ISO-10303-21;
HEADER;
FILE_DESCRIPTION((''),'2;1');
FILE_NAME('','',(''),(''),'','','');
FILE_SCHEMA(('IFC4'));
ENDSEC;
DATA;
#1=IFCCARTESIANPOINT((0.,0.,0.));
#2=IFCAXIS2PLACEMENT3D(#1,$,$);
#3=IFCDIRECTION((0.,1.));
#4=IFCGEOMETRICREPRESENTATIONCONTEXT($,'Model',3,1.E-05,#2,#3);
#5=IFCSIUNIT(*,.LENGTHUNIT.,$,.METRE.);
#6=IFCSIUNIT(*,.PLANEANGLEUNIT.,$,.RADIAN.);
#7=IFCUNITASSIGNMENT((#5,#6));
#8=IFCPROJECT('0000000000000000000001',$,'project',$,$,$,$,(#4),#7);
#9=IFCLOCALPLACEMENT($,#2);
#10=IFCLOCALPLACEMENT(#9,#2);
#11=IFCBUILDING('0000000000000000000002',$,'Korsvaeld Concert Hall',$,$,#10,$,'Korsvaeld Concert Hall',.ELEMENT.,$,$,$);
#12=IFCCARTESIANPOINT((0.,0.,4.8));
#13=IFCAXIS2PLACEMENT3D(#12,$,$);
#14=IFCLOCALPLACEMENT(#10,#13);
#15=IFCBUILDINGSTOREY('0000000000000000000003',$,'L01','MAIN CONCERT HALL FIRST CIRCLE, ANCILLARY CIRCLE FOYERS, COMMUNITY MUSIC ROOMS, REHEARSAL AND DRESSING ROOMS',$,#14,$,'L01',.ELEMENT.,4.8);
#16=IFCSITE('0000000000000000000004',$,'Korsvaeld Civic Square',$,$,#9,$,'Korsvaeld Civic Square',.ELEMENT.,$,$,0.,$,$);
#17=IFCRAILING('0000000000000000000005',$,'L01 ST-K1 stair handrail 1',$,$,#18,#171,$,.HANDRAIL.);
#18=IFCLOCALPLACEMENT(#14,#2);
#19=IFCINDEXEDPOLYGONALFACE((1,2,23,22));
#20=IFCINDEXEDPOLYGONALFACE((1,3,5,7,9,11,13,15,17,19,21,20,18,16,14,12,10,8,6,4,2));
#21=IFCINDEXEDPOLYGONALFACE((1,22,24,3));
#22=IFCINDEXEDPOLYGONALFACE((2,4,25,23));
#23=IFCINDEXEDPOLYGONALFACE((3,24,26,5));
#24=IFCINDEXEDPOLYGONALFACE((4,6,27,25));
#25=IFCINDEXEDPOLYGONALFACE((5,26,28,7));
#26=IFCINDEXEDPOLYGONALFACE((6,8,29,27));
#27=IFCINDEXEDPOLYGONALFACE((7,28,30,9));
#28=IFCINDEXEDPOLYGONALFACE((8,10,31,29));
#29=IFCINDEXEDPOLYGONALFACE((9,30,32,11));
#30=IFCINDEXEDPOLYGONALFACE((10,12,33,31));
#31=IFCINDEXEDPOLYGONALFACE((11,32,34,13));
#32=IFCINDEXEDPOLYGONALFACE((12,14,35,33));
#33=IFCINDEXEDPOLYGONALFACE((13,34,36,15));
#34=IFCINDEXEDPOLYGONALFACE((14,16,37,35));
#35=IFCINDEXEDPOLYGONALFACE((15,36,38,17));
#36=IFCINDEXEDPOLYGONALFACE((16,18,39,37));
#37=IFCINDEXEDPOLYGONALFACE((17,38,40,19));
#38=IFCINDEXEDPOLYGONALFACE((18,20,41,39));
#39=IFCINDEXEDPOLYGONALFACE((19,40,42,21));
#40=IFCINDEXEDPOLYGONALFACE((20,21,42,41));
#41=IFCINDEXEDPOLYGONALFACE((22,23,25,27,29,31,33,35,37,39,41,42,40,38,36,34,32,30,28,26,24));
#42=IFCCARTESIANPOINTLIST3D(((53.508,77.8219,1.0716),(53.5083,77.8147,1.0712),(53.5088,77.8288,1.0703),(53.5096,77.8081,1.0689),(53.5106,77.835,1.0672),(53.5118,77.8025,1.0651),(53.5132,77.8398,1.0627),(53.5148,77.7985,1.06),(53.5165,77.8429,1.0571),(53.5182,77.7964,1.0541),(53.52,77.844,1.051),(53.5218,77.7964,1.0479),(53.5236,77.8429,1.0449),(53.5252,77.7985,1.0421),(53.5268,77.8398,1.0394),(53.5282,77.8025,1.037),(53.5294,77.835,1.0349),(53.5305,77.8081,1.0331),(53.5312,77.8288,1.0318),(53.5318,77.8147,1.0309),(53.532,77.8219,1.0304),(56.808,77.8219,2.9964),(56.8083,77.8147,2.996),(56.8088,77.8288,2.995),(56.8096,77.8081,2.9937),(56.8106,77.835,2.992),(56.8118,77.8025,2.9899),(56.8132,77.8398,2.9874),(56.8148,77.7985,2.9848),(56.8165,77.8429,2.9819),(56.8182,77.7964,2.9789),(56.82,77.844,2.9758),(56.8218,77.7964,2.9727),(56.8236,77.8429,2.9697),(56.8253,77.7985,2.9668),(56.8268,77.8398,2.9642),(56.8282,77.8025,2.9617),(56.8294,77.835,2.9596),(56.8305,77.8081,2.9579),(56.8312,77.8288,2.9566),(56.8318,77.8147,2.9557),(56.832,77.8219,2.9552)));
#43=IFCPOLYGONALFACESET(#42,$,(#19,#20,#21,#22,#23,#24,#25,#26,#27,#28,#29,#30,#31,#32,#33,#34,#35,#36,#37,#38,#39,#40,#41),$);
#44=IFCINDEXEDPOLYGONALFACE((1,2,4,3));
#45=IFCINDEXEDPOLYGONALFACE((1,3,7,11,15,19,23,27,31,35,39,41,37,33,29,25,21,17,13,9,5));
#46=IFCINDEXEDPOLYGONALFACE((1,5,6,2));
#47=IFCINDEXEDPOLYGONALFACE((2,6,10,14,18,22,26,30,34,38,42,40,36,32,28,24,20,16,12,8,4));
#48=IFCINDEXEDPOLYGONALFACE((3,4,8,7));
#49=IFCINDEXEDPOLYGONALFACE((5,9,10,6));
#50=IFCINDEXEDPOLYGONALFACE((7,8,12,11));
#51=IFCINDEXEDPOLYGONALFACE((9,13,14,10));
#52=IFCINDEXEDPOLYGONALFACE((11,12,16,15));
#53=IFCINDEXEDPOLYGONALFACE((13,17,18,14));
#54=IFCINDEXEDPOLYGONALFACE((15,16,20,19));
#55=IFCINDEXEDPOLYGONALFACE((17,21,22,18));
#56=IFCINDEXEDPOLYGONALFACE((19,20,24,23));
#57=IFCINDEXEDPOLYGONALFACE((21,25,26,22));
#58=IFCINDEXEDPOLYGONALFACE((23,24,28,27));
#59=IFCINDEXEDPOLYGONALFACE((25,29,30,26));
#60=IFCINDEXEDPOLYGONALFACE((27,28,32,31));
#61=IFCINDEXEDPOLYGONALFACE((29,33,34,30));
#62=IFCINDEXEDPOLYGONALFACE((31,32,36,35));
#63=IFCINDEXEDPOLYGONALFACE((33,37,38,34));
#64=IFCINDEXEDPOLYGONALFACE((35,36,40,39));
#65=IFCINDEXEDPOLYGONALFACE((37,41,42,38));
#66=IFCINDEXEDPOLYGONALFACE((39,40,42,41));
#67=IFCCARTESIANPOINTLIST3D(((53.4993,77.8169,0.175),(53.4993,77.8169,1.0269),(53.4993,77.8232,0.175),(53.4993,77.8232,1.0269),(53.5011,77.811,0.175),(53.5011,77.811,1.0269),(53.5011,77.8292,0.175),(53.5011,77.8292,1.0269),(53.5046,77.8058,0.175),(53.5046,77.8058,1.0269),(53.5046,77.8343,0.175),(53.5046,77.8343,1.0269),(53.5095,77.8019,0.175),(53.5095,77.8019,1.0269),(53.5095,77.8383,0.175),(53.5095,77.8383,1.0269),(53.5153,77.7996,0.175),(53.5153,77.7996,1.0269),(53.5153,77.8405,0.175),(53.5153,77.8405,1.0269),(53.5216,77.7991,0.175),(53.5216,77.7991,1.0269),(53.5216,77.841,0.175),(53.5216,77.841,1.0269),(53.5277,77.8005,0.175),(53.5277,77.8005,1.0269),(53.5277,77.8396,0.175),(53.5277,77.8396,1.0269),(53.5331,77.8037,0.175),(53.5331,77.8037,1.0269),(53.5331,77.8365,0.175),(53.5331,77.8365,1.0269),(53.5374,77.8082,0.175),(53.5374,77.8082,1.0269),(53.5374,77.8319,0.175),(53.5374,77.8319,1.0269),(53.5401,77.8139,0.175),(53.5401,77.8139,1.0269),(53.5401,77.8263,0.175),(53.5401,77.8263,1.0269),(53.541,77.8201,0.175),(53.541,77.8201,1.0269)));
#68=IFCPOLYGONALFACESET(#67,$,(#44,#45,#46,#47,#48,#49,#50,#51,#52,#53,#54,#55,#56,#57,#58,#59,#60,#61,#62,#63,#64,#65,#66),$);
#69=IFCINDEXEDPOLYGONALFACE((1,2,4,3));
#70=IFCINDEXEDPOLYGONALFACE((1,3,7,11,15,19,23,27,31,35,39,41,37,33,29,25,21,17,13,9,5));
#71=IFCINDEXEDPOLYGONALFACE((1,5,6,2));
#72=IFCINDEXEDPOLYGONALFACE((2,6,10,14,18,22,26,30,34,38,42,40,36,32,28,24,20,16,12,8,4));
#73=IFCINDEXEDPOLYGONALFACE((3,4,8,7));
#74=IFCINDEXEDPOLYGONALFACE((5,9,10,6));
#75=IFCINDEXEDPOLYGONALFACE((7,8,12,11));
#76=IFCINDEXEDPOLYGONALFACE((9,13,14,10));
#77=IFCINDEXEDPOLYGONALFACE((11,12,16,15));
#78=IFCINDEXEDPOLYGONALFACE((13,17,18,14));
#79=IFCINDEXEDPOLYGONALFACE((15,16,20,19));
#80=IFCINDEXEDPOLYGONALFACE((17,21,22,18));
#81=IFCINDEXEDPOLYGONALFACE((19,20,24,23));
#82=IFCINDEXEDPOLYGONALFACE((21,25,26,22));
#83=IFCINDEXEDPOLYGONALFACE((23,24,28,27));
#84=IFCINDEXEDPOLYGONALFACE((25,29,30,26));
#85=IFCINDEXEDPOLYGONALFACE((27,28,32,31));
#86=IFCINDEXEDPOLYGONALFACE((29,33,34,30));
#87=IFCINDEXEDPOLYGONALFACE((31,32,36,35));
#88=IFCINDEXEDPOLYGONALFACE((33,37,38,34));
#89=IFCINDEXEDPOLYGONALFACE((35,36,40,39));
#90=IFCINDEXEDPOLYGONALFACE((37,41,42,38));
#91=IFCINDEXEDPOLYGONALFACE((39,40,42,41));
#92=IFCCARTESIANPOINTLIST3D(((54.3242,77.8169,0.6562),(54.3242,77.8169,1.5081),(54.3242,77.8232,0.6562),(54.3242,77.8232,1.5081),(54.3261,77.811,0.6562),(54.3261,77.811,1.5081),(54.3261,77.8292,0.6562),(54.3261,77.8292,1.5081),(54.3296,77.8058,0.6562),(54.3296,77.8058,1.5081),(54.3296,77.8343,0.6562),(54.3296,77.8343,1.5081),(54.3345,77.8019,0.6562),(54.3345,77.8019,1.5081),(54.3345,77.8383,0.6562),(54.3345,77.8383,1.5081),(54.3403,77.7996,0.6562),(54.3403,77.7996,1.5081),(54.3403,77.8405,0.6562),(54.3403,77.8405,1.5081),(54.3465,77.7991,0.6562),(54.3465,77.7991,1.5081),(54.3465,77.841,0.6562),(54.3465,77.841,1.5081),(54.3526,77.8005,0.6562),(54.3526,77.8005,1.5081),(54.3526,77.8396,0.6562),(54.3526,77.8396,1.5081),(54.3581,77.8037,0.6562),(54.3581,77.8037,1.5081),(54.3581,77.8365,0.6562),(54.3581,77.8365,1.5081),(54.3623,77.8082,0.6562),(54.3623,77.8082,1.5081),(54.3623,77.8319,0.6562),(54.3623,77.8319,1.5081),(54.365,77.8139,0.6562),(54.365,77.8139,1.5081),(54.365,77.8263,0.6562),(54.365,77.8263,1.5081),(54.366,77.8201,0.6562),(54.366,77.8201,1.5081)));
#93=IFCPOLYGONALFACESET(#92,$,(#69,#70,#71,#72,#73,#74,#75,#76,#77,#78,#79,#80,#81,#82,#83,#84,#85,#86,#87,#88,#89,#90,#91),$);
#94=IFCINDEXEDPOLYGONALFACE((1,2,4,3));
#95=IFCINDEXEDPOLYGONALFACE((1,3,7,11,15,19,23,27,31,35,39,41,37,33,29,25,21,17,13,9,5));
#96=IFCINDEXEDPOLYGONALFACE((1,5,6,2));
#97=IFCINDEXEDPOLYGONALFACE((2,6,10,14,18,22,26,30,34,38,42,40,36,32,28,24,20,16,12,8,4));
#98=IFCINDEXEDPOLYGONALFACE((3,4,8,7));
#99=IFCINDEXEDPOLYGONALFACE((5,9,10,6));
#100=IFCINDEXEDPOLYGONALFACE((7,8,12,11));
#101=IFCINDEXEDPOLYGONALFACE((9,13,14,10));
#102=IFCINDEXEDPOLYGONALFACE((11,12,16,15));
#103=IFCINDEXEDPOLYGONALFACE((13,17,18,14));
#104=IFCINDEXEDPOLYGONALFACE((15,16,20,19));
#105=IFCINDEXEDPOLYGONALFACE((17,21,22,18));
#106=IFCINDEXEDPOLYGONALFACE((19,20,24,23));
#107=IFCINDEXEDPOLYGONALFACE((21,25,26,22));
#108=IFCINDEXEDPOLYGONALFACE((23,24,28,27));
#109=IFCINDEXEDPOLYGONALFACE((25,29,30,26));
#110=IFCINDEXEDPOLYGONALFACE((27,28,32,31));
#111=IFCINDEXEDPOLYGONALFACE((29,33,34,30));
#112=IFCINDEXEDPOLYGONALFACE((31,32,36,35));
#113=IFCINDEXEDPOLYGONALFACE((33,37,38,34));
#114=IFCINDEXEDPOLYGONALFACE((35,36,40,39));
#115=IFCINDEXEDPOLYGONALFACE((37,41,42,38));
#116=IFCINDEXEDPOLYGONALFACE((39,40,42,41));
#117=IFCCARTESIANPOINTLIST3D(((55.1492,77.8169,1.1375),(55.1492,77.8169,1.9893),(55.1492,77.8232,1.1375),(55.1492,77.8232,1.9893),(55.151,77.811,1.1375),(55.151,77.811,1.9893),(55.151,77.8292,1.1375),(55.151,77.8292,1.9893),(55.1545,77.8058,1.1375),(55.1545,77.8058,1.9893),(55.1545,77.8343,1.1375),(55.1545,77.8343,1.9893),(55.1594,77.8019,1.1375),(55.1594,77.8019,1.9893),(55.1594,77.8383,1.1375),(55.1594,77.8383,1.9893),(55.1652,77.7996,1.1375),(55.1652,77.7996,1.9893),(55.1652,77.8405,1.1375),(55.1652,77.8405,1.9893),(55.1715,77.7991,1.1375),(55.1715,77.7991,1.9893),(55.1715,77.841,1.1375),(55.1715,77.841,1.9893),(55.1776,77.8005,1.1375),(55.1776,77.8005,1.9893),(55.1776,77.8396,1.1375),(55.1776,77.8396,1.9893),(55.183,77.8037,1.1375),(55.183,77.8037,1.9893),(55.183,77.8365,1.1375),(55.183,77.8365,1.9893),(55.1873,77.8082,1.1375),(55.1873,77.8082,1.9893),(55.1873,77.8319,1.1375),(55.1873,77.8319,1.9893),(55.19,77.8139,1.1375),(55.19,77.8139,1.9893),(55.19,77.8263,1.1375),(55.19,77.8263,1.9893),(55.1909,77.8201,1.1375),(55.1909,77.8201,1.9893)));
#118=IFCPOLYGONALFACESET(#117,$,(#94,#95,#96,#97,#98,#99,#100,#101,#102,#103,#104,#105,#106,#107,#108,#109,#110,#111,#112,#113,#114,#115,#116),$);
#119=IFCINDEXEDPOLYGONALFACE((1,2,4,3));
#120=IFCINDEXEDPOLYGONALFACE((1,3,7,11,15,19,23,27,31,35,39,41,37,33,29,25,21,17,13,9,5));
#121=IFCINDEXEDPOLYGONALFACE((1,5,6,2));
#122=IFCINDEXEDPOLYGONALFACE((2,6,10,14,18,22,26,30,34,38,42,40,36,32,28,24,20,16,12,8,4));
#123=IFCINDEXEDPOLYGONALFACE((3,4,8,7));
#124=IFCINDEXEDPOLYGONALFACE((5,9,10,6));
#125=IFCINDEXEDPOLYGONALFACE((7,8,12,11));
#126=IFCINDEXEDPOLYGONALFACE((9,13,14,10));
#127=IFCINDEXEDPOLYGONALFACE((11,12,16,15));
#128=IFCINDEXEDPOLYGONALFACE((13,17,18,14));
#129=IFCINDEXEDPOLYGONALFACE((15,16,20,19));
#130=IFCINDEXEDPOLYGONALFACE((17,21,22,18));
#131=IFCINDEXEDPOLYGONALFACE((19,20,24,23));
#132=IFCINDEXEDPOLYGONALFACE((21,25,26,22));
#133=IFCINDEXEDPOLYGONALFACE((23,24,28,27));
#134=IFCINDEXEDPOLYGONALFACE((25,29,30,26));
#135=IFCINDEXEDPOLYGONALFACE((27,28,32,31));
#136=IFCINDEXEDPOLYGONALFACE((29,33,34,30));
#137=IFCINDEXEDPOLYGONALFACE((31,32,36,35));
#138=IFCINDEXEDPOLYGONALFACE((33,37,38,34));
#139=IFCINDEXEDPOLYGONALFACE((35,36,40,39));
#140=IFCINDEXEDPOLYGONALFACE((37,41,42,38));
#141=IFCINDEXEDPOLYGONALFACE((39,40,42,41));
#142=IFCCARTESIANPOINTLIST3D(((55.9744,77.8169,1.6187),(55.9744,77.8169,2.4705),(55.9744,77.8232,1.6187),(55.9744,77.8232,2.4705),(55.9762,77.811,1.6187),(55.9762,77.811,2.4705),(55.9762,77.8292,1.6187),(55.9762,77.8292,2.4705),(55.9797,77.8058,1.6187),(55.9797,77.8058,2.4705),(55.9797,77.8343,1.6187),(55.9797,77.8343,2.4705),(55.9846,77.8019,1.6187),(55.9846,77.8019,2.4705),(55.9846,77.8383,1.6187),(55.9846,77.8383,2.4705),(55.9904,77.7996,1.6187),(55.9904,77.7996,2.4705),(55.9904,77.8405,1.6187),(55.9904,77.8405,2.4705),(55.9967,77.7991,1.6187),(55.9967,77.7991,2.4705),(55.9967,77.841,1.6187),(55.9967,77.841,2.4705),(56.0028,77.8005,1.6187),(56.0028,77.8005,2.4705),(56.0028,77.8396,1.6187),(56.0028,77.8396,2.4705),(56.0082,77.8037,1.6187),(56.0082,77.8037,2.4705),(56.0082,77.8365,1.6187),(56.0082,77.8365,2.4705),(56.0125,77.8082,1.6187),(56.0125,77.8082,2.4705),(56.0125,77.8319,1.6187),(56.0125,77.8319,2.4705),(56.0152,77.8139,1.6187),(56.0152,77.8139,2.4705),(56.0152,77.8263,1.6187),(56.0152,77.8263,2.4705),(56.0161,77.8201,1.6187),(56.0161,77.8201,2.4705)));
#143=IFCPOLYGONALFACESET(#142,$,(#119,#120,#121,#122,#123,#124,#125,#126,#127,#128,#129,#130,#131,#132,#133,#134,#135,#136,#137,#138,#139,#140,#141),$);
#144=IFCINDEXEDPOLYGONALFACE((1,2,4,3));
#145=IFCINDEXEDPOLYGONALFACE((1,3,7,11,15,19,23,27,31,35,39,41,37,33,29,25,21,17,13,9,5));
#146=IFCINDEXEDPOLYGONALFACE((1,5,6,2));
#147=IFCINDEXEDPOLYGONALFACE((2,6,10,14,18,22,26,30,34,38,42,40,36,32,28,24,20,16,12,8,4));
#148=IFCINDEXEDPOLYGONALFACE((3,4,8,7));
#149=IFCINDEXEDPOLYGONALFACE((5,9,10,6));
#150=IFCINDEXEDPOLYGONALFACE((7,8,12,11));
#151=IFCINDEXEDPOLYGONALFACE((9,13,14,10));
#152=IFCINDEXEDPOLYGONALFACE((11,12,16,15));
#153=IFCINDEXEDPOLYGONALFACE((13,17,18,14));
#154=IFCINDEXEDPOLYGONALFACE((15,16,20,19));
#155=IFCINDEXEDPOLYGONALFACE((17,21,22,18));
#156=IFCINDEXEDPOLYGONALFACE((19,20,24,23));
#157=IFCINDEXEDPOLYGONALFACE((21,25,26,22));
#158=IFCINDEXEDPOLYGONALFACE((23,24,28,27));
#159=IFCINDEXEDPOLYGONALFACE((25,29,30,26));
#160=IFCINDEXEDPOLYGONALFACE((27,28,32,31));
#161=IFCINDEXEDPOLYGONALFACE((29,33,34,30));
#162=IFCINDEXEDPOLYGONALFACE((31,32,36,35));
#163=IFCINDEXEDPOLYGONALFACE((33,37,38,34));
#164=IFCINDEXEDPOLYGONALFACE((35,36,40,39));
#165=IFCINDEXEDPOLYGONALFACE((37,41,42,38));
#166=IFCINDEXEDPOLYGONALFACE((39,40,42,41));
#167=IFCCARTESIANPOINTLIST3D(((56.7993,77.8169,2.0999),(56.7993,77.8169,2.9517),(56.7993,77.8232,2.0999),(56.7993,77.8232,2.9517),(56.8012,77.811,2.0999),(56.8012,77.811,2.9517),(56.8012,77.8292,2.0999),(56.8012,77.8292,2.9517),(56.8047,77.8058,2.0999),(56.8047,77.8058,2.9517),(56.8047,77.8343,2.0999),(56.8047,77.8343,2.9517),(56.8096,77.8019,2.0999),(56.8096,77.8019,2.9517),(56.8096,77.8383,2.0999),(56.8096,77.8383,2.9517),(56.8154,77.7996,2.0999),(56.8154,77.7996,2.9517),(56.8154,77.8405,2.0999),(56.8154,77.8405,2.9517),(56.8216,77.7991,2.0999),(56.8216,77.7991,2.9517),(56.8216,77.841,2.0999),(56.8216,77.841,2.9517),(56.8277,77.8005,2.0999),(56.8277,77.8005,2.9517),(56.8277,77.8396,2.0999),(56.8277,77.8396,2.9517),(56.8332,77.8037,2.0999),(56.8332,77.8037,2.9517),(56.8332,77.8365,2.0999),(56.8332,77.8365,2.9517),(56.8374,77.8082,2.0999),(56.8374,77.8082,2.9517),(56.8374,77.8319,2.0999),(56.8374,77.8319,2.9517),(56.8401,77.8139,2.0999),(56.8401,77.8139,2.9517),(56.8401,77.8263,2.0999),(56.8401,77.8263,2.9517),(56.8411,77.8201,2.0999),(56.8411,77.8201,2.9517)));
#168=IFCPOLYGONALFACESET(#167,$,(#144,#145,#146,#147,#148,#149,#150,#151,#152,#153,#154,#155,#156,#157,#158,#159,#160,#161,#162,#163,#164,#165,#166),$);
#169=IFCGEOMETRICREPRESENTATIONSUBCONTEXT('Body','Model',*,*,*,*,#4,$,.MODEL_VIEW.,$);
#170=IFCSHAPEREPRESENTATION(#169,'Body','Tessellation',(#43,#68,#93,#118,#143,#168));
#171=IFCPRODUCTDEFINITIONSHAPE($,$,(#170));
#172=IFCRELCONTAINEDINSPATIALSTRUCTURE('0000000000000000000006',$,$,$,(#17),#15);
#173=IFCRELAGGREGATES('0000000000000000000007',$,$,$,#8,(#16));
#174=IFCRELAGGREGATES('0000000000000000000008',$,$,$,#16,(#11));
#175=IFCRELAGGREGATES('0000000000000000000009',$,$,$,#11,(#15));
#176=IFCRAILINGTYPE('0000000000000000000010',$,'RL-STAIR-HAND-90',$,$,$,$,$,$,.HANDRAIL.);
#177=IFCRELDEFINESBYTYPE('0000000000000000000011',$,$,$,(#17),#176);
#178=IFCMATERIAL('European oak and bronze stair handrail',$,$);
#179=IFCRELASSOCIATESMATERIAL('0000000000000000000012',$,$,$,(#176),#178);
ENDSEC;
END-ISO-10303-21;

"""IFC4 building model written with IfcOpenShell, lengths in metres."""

from ifc_helpers import new_model, si_unit, direction, frame, origin, origin_2d, place, context, subcontext, project, spatial, circle, extrude, material, type_object, element, save


model = new_model("IFC4")

# Units and contexts
model_context = context("Model", 3, precision=1e-05, world=origin(), true_north=direction((0.0, 1.0)))
body_context = subcontext(model_context, "Body", "Model", "MODEL_VIEW")
ifc_project = project(units=[si_unit("LENGTHUNIT", "METRE"), si_unit("PLANEANGLEUNIT", "RADIAN")], contexts=[model_context])

# Site, building, storey
site_placement = place(None, origin())
site = spatial("IfcSite", under=ifc_project, at=site_placement, Name="Korsvaeld Civic Square", LongName="Korsvaeld Civic Square", CompositionType="ELEMENT", RefElevation=0.0)
building_placement = place(site_placement, origin())
building = spatial("IfcBuilding", under=site, at=building_placement, Name="Korsvaeld Concert Hall", LongName="Korsvaeld Concert Hall", CompositionType="ELEMENT")
storey_placement = place(building_placement, frame((0.0, 0.0, 4.8)))
storey = spatial("IfcBuildingStorey", under=building, at=storey_placement, Name="L01", Description="MAIN CONCERT HALL FIRST CIRCLE, ANCILLARY CIRCLE FOYERS, COMMUNITY MUSIC ROOMS, REHEARSAL AND DRESSING ROOMS", LongName="L01", CompositionType="ELEMENT", Elevation=4.8)

# Railing
ifc_material_1 = material(Name="European oak and bronze stair handrail")
railing_type_1 = type_object("IfcRailingType", Name="RL-STAIR-HAND-90", PredefinedType="HANDRAIL", material=ifc_material_1)
railing_1_placement = place(storey_placement, frame((53.52, 77.8201, 0.175)))
element("IfcRailing", 1, at=railing_1_placement, inside=storey, type_object=railing_type_1, Name="L01 ST-K1 stair handrail 1", PredefinedType="HANDRAIL", context=body_context, shape_type="SweptSolid", body=[
    extrude(circle(Radius=0.0239, at=origin_2d()), frame((0.0, 0.0, 0.876), z_axis=(0.863804, 0.0, 0.503827), x_axis=(0.0, 1.0, 0.0)), (0.0, 0.0, 1.0), 3.8203),
    extrude(circle(Radius=0.021, at=origin_2d()), origin(), (0.0, 0.0, 1.0), 0.8518),
    extrude(circle(Radius=0.021, at=origin_2d()), frame((0.825, 0.0, 0.4812)), (0.0, 0.0, 1.0), 0.8518),
    extrude(circle(Radius=0.021, at=origin_2d()), frame((1.6499, 0.0, 0.9624)), (0.0, 0.0, 1.0), 0.8518),
    extrude(circle(Radius=0.021, at=origin_2d()), frame((2.4751, 0.0, 1.4436)), (0.0, 0.0, 1.0), 0.8518),
    extrude(circle(Radius=0.021, at=origin_2d()), frame((3.3, 0.0, 1.9248)), (0.0, 0.0, 1.0), 0.8518),
])

save(model, "model.ifc")
